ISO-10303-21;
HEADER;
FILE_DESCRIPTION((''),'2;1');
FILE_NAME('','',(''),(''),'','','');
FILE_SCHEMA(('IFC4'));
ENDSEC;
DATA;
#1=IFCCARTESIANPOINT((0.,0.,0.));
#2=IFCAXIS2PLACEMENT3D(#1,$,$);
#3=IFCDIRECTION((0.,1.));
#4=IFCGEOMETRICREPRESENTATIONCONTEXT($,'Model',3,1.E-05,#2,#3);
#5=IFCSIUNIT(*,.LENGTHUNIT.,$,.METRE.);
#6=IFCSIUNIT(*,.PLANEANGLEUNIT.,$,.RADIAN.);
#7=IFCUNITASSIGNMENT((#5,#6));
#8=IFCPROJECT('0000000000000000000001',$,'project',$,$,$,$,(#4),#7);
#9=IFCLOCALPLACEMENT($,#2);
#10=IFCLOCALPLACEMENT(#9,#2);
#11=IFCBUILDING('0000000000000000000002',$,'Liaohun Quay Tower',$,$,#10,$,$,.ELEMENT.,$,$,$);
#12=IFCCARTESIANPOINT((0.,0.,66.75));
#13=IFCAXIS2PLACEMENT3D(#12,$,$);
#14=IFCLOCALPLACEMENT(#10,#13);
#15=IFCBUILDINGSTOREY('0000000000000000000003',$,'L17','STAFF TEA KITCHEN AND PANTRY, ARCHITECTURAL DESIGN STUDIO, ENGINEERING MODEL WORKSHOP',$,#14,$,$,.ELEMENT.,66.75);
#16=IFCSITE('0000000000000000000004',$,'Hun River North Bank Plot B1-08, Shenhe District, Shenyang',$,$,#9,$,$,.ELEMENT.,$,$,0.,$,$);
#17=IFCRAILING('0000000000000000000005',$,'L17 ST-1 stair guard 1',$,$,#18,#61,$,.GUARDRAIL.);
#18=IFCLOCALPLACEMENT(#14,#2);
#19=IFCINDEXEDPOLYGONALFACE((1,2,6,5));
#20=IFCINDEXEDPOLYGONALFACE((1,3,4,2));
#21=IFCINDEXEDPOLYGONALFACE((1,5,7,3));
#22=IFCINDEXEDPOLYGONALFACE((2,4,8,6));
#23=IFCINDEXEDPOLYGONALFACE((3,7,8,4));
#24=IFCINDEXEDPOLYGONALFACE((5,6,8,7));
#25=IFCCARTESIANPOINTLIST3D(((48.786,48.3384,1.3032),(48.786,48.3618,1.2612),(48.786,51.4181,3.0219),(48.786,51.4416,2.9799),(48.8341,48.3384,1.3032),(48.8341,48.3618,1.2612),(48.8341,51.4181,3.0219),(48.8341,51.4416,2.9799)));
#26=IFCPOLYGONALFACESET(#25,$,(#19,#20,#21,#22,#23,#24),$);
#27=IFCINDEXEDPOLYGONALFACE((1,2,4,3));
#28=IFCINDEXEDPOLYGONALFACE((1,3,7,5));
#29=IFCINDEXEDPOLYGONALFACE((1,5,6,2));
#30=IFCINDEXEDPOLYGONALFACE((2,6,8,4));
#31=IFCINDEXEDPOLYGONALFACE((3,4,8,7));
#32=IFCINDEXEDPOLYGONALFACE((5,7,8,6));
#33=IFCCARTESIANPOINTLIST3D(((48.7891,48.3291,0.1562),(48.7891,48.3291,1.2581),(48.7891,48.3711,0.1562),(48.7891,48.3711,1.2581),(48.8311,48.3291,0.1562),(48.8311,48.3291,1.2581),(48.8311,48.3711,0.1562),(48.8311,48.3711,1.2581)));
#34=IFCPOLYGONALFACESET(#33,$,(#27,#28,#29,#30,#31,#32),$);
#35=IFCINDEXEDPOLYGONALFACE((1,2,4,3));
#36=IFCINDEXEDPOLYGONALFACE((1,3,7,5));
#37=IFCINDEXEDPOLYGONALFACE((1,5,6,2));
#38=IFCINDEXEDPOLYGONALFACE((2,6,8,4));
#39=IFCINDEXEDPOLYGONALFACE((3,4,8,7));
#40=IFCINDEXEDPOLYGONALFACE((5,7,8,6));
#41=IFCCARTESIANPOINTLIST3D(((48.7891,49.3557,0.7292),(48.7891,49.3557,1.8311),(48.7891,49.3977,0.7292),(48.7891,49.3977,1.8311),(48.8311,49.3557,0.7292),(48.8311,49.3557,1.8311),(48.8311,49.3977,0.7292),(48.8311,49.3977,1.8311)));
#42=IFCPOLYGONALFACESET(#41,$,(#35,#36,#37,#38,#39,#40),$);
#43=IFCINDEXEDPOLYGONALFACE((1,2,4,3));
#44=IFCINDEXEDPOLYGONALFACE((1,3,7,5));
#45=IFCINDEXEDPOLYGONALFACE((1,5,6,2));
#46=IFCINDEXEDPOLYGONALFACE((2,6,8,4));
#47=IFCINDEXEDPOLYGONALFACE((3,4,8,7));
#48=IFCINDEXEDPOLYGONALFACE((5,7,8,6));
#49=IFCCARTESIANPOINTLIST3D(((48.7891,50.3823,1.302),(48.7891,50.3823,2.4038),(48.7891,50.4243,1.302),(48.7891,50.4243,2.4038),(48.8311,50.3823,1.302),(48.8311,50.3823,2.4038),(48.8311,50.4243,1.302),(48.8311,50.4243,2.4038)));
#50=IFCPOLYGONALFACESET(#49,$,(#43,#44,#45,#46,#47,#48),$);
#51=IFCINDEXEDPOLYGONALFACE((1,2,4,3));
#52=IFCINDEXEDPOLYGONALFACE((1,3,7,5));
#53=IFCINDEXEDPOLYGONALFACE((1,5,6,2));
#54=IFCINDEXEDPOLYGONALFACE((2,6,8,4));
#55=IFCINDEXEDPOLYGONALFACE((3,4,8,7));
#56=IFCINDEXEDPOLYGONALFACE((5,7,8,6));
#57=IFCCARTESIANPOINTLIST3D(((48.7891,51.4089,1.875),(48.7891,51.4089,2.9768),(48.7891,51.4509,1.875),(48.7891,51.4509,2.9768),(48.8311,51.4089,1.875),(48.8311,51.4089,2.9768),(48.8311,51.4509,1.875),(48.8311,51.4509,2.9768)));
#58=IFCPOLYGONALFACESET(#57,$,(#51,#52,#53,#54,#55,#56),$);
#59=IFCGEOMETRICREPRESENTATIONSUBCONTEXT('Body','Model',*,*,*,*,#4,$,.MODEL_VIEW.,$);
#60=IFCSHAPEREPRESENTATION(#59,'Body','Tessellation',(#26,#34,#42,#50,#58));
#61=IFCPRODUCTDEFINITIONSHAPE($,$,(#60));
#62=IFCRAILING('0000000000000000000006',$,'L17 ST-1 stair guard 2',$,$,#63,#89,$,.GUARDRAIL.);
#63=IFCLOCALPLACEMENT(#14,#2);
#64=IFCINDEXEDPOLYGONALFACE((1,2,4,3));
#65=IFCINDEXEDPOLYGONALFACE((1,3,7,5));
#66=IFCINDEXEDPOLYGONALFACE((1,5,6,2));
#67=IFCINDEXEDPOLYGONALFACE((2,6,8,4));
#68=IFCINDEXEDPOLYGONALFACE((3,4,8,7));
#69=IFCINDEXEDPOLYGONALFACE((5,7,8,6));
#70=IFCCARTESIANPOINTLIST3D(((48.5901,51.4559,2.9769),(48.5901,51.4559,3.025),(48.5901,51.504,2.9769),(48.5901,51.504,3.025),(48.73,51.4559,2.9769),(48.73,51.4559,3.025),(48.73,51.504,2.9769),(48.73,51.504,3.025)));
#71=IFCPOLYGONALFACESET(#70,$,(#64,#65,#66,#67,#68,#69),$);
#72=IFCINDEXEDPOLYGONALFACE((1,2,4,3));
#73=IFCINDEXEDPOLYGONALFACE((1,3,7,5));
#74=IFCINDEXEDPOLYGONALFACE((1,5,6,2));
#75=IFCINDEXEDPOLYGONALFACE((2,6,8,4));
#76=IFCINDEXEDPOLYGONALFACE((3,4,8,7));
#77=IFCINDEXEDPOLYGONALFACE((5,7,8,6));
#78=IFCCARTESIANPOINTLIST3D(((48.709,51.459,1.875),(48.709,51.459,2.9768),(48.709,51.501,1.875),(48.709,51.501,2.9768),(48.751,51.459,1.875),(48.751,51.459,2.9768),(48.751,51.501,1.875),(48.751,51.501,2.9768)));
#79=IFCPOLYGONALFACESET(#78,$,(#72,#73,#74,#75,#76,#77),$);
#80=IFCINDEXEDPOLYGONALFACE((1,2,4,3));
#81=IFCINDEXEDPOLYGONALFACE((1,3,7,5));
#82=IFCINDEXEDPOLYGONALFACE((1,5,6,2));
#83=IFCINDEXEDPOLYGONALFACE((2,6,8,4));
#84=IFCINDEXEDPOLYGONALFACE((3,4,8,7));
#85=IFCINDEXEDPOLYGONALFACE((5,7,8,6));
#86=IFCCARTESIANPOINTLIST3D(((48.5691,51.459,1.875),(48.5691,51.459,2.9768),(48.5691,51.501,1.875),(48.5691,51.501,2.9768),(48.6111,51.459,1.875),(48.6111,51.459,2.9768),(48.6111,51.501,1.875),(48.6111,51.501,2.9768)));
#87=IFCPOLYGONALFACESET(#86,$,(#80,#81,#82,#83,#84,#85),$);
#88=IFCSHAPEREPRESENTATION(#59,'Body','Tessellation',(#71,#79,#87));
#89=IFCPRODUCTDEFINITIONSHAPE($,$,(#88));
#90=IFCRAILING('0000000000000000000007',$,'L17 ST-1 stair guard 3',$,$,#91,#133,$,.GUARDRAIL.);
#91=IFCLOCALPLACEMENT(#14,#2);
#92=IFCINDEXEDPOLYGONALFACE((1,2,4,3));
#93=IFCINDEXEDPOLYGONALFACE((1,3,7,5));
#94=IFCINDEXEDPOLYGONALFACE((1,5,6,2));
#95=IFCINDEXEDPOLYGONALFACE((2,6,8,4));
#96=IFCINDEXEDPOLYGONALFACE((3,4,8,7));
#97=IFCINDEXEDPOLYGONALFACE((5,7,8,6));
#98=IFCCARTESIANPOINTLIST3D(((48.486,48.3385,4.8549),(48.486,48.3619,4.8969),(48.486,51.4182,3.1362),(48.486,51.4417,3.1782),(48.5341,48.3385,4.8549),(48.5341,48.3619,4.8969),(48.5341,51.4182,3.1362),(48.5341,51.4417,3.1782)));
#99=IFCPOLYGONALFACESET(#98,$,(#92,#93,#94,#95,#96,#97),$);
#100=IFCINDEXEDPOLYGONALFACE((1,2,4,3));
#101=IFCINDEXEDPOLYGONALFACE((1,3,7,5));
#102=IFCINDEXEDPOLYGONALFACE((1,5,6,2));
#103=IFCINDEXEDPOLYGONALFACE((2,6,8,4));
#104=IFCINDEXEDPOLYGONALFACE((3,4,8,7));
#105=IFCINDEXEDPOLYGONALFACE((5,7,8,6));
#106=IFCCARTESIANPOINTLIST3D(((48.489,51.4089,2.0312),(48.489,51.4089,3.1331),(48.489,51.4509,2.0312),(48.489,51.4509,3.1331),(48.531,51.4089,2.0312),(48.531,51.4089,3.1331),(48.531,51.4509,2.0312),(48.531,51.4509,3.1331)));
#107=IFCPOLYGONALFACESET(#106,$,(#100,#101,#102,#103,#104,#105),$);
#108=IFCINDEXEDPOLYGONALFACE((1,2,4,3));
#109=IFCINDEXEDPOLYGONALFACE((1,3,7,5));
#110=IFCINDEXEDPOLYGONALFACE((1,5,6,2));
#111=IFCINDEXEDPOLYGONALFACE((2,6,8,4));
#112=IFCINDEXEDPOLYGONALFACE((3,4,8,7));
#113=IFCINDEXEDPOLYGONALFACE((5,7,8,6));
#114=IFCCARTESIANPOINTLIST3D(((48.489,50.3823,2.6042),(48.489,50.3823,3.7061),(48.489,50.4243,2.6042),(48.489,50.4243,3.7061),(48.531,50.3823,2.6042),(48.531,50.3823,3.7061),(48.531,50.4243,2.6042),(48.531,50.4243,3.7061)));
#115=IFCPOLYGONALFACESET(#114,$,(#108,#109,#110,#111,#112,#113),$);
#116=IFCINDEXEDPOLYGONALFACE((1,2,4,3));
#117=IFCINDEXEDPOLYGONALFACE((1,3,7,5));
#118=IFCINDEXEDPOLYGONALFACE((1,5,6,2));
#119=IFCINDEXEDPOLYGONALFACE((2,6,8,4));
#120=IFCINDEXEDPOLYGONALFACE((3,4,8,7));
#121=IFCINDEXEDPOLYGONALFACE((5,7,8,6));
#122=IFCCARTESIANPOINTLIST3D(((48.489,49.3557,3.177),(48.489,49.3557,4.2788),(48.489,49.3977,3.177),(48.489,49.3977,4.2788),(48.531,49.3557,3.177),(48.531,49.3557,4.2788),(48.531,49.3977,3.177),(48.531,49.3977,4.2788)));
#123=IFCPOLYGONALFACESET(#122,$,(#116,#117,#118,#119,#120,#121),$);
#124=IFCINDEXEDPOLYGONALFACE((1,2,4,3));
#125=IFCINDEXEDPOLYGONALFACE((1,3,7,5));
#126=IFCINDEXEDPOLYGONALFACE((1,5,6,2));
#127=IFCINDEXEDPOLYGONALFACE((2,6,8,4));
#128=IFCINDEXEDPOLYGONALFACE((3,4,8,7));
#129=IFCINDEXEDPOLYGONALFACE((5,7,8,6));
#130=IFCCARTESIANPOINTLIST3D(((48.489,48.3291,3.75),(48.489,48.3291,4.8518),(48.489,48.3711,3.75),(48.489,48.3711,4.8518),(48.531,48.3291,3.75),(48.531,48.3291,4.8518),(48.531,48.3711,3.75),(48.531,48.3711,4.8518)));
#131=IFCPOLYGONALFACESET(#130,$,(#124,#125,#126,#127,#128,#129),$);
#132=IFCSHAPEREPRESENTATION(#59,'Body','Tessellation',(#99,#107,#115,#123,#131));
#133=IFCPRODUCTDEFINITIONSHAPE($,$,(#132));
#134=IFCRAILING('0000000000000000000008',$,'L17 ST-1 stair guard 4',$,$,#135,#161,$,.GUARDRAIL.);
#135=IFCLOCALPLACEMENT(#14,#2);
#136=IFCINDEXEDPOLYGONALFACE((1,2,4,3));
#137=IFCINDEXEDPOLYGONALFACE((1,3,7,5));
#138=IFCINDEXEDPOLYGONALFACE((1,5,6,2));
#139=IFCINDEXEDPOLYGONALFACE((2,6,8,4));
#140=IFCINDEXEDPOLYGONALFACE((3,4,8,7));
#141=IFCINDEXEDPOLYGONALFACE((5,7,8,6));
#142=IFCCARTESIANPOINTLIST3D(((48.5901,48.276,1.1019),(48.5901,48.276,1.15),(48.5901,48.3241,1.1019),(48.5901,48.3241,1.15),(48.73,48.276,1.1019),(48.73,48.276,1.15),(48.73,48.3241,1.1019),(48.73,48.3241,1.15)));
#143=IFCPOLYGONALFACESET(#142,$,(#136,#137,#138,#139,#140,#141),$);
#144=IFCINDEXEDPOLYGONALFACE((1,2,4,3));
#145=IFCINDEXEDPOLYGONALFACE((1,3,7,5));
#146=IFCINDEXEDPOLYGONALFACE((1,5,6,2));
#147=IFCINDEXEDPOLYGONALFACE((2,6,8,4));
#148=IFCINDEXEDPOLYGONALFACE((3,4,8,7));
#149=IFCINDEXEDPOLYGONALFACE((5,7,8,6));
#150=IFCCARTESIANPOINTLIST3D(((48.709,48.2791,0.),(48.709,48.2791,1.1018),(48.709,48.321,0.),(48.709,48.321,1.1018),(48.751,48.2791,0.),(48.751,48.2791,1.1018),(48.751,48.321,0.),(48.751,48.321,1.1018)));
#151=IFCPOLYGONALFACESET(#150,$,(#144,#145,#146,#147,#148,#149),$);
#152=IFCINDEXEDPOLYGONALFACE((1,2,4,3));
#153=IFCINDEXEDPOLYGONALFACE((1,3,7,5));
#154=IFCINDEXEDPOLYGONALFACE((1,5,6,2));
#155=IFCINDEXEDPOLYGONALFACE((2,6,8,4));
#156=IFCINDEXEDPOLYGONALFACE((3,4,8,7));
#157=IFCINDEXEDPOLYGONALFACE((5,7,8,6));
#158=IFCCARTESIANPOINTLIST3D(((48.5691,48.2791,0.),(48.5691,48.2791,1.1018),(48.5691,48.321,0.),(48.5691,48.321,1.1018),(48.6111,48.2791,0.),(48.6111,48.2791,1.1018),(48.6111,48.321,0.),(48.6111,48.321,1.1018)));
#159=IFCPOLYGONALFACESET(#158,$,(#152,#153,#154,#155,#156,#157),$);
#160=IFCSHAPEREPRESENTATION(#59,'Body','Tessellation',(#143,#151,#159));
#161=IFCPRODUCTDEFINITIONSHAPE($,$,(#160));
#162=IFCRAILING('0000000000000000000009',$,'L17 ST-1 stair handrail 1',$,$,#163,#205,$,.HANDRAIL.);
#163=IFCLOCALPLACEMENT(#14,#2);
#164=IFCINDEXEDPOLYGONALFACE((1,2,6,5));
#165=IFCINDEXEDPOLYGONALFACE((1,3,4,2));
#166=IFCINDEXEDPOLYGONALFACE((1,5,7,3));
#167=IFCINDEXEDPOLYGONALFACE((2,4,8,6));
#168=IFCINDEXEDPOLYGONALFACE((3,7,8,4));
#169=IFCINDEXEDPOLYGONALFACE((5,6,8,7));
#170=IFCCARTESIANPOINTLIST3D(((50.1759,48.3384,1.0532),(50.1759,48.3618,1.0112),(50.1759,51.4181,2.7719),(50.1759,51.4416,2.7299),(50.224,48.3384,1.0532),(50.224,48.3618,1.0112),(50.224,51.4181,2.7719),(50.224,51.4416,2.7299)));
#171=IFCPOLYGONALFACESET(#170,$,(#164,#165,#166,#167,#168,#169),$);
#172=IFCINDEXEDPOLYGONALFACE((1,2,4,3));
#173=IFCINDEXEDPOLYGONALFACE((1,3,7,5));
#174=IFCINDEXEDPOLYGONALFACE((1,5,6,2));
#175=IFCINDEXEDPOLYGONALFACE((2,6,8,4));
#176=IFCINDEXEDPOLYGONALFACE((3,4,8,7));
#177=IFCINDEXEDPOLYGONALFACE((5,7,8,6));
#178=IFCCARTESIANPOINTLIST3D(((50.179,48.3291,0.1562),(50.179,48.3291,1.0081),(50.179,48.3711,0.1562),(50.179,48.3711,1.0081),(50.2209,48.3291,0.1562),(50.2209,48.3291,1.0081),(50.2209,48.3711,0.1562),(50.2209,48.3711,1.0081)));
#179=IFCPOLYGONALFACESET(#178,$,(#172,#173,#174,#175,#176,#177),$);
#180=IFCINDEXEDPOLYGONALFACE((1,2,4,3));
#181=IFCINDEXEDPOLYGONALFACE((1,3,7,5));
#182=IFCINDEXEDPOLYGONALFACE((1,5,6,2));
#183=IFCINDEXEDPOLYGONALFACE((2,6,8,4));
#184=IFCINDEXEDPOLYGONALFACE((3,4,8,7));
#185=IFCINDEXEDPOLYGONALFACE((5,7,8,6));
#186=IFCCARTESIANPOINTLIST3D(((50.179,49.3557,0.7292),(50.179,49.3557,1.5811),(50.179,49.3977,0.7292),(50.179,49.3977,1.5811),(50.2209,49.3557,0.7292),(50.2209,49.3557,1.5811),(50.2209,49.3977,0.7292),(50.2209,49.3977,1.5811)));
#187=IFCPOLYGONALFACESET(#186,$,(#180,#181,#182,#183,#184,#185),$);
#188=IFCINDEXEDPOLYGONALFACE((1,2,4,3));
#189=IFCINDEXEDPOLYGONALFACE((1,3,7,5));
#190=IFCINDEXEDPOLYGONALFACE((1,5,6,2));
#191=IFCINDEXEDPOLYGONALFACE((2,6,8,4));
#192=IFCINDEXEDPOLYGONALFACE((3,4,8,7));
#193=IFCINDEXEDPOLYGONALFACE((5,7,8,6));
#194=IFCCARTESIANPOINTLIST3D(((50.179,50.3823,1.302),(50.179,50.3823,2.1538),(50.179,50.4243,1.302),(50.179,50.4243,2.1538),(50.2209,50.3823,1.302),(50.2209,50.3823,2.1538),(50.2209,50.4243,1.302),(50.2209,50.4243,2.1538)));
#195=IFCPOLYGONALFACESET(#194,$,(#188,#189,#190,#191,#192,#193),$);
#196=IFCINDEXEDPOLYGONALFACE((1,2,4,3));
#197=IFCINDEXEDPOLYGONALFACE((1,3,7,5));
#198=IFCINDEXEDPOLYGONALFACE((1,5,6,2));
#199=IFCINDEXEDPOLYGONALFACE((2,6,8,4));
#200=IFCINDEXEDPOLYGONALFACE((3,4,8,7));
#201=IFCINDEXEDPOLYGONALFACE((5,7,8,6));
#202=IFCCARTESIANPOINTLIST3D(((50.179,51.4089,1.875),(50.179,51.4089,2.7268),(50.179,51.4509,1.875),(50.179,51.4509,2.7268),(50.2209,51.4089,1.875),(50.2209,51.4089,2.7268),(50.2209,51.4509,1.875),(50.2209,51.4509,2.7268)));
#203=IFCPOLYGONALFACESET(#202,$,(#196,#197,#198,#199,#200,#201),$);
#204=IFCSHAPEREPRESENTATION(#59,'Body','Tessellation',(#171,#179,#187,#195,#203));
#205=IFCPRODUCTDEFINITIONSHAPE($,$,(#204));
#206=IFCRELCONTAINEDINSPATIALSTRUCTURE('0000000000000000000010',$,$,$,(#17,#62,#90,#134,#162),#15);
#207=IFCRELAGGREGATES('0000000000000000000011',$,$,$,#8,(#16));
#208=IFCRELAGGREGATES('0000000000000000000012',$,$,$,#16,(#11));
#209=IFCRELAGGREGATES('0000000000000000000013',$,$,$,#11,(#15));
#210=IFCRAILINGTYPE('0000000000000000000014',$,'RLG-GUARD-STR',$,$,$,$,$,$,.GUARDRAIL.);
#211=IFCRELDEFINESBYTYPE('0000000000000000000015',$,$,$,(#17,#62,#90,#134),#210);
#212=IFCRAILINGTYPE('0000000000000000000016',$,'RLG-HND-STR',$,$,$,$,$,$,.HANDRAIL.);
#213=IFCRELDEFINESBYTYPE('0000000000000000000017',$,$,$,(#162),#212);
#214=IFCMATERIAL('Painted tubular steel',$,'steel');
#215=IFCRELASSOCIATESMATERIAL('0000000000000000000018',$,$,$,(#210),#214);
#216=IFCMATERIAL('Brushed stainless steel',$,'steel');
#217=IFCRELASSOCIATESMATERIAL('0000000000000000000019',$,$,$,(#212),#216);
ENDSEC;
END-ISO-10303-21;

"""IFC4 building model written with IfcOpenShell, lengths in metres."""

from ifc_helpers import new_model, si_unit, direction, frame, origin, origin_2d, place, context, subcontext, project, spatial, rectangle, extrude, material, type_object, element, save


model = new_model("IFC4")

# Units and contexts
model_context = context("Model", 3, precision=1e-05, world=origin(), true_north=direction((0.0, 1.0)))
body_context = subcontext(model_context, "Body", "Model", "MODEL_VIEW")
ifc_project = project(units=[si_unit("LENGTHUNIT", "METRE"), si_unit("PLANEANGLEUNIT", "RADIAN")], contexts=[model_context])

# Site, building, storey
site_placement = place(None, origin())
site = spatial("IfcSite", under=ifc_project, at=site_placement, Name="Hun River North Bank Plot B1-08, Shenhe District, Shenyang", CompositionType="ELEMENT", RefElevation=0.0)
building_placement = place(site_placement, origin())
building = spatial("IfcBuilding", under=site, at=building_placement, Name="Liaohun Quay Tower", CompositionType="ELEMENT")
storey_placement = place(building_placement, frame((0.0, 0.0, 66.75)))
storey = spatial("IfcBuildingStorey", under=building, at=storey_placement, Name="L17", Description="STAFF TEA KITCHEN AND PANTRY, ARCHITECTURAL DESIGN STUDIO, ENGINEERING MODEL WORKSHOP", CompositionType="ELEMENT", Elevation=66.75)

# Railings
ifc_material_1 = material(Name="Painted tubular steel", Category="steel")
railing_type_1 = type_object("IfcRailingType", Name="RLG-GUARD-STR", PredefinedType="GUARDRAIL", material=ifc_material_1)
railing_1_placement = place(storey_placement, frame((48.8101, 48.3501, 0.1562)))
element("IfcRailing", 1, at=railing_1_placement, inside=storey, type_object=railing_type_1, Name="L17 ST-1 stair guard 1", PredefinedType="GUARDRAIL", context=body_context, shape_type="SweptSolid", body=[
    extrude(rectangle(XDim=0.0481, YDim=0.0481, at=origin_2d()), frame((0.0, 0.0, 1.126), z_axis=(0.0, 0.873225, 0.487317), x_axis=(-1.0, 0.0, 0.0)), (0.0, 0.0, 1.0), 3.5269),
    extrude(rectangle(XDim=0.042, YDim=0.042, at=origin_2d()), origin(), (0.0, 0.0, 1.0), 1.1018),
    extrude(rectangle(XDim=0.042, YDim=0.042, at=origin_2d()), frame((0.0, 1.0266, 0.573)), (0.0, 0.0, 1.0), 1.1018),
    extrude(rectangle(XDim=0.042, YDim=0.042, at=origin_2d()), frame((0.0, 2.0532, 1.1458)), (0.0, 0.0, 1.0), 1.1018),
    extrude(rectangle(XDim=0.042, YDim=0.042, at=origin_2d()), frame((0.0, 3.0798, 1.7188)), (0.0, 0.0, 1.0), 1.1018),
])
railing_2_placement = place(storey_placement, frame((48.73, 51.48, 1.875)))
element("IfcRailing", 2, at=railing_2_placement, inside=storey, type_object=railing_type_1, Name="L17 ST-1 stair guard 2", PredefinedType="GUARDRAIL", context=body_context, shape_type="SweptSolid", body=[
    extrude(rectangle(XDim=0.0481, YDim=0.0481, at=origin_2d()), frame((0.0, 0.0, 1.126), z_axis=(-1.0, 0.0, 0.0), x_axis=(0.0, -1.0, 0.0)), (0.0, 0.0, 1.0), 0.1399),
    extrude(rectangle(XDim=0.042, YDim=0.042, at=origin_2d()), origin(), (0.0, 0.0, 1.0), 1.1018),
    extrude(rectangle(XDim=0.042, YDim=0.042, at=origin_2d()), frame((-0.1399, 0.0, 0.0)), (0.0, 0.0, 1.0), 1.1018),
])
railing_3_placement = place(storey_placement, frame((48.51, 51.4299, 2.0312)))
element("IfcRailing", 3, at=railing_3_placement, inside=storey, type_object=railing_type_1, Name="L17 ST-1 stair guard 3", PredefinedType="GUARDRAIL", context=body_context, shape_type="SweptSolid", body=[
    extrude(rectangle(XDim=0.0481, YDim=0.0481, at=origin_2d()), frame((0.0, 0.0, 1.126), z_axis=(0.0, -0.873225, 0.487317), x_axis=(1.0, 0.0, 0.0)), (0.0, 0.0, 1.0), 3.5269),
    extrude(rectangle(XDim=0.042, YDim=0.042, at=origin_2d()), origin(), (0.0, 0.0, 1.0), 1.1018),
    extrude(rectangle(XDim=0.042, YDim=0.042, at=origin_2d()), frame((0.0, -1.0266, 0.573)), (0.0, 0.0, 1.0), 1.1018),
    extrude(rectangle(XDim=0.042, YDim=0.042, at=origin_2d()), frame((0.0, -2.0532, 1.1458)), (0.0, 0.0, 1.0), 1.1018),
    extrude(rectangle(XDim=0.042, YDim=0.042, at=origin_2d()), frame((0.0, -3.0798, 1.7188)), (0.0, 0.0, 1.0), 1.1018),
])
railing_4_placement = place(storey_placement, frame((48.73, 48.3, 0.0)))
element("IfcRailing", 4, at=railing_4_placement, inside=storey, type_object=railing_type_1, Name="L17 ST-1 stair guard 4", PredefinedType="GUARDRAIL", context=body_context, shape_type="SweptSolid", body=[
    extrude(rectangle(XDim=0.0481, YDim=0.0481, at=origin_2d()), frame((0.0, 0.0, 1.126), z_axis=(-1.0, 0.0, 0.0), x_axis=(0.0, -1.0, 0.0)), (0.0, 0.0, 1.0), 0.1399),
    extrude(rectangle(XDim=0.042, YDim=0.042, at=origin_2d()), origin(), (0.0, 0.0, 1.0), 1.1018),
    extrude(rectangle(XDim=0.042, YDim=0.042, at=origin_2d()), frame((-0.1399, 0.0, 0.0)), (0.0, 0.0, 1.0), 1.1018),
])
ifc_material_2 = material(Name="Brushed stainless steel", Category="steel")
railing_type_2 = type_object("IfcRailingType", Name="RLG-HND-STR", PredefinedType="HANDRAIL", material=ifc_material_2)
railing_5_placement = place(storey_placement, frame((50.2, 48.3501, 0.1562)))
element("IfcRailing", 5, at=railing_5_placement, inside=storey, type_object=railing_type_2, Name="L17 ST-1 stair handrail 1", PredefinedType="HANDRAIL", context=body_context, shape_type="SweptSolid", body=[
    extrude(rectangle(XDim=0.0481, YDim=0.0481, at=origin_2d()), frame((0.0, 0.0, 0.876), z_axis=(0.0, 0.873225, 0.487317), x_axis=(-1.0, 0.0, 0.0)), (0.0, 0.0, 1.0), 3.5269),
    extrude(rectangle(XDim=0.042, YDim=0.042, at=origin_2d()), origin(), (0.0, 0.0, 1.0), 0.8518),
    extrude(rectangle(XDim=0.042, YDim=0.042, at=origin_2d()), frame((0.0, 1.0266, 0.573)), (0.0, 0.0, 1.0), 0.8518),
    extrude(rectangle(XDim=0.042, YDim=0.042, at=origin_2d()), frame((0.0, 2.0532, 1.1458)), (0.0, 0.0, 1.0), 0.8518),
    extrude(rectangle(XDim=0.042, YDim=0.042, at=origin_2d()), frame((0.0, 3.0798, 1.7188)), (0.0, 0.0, 1.0), 0.8518),
])

save(model, "model.ifc")
